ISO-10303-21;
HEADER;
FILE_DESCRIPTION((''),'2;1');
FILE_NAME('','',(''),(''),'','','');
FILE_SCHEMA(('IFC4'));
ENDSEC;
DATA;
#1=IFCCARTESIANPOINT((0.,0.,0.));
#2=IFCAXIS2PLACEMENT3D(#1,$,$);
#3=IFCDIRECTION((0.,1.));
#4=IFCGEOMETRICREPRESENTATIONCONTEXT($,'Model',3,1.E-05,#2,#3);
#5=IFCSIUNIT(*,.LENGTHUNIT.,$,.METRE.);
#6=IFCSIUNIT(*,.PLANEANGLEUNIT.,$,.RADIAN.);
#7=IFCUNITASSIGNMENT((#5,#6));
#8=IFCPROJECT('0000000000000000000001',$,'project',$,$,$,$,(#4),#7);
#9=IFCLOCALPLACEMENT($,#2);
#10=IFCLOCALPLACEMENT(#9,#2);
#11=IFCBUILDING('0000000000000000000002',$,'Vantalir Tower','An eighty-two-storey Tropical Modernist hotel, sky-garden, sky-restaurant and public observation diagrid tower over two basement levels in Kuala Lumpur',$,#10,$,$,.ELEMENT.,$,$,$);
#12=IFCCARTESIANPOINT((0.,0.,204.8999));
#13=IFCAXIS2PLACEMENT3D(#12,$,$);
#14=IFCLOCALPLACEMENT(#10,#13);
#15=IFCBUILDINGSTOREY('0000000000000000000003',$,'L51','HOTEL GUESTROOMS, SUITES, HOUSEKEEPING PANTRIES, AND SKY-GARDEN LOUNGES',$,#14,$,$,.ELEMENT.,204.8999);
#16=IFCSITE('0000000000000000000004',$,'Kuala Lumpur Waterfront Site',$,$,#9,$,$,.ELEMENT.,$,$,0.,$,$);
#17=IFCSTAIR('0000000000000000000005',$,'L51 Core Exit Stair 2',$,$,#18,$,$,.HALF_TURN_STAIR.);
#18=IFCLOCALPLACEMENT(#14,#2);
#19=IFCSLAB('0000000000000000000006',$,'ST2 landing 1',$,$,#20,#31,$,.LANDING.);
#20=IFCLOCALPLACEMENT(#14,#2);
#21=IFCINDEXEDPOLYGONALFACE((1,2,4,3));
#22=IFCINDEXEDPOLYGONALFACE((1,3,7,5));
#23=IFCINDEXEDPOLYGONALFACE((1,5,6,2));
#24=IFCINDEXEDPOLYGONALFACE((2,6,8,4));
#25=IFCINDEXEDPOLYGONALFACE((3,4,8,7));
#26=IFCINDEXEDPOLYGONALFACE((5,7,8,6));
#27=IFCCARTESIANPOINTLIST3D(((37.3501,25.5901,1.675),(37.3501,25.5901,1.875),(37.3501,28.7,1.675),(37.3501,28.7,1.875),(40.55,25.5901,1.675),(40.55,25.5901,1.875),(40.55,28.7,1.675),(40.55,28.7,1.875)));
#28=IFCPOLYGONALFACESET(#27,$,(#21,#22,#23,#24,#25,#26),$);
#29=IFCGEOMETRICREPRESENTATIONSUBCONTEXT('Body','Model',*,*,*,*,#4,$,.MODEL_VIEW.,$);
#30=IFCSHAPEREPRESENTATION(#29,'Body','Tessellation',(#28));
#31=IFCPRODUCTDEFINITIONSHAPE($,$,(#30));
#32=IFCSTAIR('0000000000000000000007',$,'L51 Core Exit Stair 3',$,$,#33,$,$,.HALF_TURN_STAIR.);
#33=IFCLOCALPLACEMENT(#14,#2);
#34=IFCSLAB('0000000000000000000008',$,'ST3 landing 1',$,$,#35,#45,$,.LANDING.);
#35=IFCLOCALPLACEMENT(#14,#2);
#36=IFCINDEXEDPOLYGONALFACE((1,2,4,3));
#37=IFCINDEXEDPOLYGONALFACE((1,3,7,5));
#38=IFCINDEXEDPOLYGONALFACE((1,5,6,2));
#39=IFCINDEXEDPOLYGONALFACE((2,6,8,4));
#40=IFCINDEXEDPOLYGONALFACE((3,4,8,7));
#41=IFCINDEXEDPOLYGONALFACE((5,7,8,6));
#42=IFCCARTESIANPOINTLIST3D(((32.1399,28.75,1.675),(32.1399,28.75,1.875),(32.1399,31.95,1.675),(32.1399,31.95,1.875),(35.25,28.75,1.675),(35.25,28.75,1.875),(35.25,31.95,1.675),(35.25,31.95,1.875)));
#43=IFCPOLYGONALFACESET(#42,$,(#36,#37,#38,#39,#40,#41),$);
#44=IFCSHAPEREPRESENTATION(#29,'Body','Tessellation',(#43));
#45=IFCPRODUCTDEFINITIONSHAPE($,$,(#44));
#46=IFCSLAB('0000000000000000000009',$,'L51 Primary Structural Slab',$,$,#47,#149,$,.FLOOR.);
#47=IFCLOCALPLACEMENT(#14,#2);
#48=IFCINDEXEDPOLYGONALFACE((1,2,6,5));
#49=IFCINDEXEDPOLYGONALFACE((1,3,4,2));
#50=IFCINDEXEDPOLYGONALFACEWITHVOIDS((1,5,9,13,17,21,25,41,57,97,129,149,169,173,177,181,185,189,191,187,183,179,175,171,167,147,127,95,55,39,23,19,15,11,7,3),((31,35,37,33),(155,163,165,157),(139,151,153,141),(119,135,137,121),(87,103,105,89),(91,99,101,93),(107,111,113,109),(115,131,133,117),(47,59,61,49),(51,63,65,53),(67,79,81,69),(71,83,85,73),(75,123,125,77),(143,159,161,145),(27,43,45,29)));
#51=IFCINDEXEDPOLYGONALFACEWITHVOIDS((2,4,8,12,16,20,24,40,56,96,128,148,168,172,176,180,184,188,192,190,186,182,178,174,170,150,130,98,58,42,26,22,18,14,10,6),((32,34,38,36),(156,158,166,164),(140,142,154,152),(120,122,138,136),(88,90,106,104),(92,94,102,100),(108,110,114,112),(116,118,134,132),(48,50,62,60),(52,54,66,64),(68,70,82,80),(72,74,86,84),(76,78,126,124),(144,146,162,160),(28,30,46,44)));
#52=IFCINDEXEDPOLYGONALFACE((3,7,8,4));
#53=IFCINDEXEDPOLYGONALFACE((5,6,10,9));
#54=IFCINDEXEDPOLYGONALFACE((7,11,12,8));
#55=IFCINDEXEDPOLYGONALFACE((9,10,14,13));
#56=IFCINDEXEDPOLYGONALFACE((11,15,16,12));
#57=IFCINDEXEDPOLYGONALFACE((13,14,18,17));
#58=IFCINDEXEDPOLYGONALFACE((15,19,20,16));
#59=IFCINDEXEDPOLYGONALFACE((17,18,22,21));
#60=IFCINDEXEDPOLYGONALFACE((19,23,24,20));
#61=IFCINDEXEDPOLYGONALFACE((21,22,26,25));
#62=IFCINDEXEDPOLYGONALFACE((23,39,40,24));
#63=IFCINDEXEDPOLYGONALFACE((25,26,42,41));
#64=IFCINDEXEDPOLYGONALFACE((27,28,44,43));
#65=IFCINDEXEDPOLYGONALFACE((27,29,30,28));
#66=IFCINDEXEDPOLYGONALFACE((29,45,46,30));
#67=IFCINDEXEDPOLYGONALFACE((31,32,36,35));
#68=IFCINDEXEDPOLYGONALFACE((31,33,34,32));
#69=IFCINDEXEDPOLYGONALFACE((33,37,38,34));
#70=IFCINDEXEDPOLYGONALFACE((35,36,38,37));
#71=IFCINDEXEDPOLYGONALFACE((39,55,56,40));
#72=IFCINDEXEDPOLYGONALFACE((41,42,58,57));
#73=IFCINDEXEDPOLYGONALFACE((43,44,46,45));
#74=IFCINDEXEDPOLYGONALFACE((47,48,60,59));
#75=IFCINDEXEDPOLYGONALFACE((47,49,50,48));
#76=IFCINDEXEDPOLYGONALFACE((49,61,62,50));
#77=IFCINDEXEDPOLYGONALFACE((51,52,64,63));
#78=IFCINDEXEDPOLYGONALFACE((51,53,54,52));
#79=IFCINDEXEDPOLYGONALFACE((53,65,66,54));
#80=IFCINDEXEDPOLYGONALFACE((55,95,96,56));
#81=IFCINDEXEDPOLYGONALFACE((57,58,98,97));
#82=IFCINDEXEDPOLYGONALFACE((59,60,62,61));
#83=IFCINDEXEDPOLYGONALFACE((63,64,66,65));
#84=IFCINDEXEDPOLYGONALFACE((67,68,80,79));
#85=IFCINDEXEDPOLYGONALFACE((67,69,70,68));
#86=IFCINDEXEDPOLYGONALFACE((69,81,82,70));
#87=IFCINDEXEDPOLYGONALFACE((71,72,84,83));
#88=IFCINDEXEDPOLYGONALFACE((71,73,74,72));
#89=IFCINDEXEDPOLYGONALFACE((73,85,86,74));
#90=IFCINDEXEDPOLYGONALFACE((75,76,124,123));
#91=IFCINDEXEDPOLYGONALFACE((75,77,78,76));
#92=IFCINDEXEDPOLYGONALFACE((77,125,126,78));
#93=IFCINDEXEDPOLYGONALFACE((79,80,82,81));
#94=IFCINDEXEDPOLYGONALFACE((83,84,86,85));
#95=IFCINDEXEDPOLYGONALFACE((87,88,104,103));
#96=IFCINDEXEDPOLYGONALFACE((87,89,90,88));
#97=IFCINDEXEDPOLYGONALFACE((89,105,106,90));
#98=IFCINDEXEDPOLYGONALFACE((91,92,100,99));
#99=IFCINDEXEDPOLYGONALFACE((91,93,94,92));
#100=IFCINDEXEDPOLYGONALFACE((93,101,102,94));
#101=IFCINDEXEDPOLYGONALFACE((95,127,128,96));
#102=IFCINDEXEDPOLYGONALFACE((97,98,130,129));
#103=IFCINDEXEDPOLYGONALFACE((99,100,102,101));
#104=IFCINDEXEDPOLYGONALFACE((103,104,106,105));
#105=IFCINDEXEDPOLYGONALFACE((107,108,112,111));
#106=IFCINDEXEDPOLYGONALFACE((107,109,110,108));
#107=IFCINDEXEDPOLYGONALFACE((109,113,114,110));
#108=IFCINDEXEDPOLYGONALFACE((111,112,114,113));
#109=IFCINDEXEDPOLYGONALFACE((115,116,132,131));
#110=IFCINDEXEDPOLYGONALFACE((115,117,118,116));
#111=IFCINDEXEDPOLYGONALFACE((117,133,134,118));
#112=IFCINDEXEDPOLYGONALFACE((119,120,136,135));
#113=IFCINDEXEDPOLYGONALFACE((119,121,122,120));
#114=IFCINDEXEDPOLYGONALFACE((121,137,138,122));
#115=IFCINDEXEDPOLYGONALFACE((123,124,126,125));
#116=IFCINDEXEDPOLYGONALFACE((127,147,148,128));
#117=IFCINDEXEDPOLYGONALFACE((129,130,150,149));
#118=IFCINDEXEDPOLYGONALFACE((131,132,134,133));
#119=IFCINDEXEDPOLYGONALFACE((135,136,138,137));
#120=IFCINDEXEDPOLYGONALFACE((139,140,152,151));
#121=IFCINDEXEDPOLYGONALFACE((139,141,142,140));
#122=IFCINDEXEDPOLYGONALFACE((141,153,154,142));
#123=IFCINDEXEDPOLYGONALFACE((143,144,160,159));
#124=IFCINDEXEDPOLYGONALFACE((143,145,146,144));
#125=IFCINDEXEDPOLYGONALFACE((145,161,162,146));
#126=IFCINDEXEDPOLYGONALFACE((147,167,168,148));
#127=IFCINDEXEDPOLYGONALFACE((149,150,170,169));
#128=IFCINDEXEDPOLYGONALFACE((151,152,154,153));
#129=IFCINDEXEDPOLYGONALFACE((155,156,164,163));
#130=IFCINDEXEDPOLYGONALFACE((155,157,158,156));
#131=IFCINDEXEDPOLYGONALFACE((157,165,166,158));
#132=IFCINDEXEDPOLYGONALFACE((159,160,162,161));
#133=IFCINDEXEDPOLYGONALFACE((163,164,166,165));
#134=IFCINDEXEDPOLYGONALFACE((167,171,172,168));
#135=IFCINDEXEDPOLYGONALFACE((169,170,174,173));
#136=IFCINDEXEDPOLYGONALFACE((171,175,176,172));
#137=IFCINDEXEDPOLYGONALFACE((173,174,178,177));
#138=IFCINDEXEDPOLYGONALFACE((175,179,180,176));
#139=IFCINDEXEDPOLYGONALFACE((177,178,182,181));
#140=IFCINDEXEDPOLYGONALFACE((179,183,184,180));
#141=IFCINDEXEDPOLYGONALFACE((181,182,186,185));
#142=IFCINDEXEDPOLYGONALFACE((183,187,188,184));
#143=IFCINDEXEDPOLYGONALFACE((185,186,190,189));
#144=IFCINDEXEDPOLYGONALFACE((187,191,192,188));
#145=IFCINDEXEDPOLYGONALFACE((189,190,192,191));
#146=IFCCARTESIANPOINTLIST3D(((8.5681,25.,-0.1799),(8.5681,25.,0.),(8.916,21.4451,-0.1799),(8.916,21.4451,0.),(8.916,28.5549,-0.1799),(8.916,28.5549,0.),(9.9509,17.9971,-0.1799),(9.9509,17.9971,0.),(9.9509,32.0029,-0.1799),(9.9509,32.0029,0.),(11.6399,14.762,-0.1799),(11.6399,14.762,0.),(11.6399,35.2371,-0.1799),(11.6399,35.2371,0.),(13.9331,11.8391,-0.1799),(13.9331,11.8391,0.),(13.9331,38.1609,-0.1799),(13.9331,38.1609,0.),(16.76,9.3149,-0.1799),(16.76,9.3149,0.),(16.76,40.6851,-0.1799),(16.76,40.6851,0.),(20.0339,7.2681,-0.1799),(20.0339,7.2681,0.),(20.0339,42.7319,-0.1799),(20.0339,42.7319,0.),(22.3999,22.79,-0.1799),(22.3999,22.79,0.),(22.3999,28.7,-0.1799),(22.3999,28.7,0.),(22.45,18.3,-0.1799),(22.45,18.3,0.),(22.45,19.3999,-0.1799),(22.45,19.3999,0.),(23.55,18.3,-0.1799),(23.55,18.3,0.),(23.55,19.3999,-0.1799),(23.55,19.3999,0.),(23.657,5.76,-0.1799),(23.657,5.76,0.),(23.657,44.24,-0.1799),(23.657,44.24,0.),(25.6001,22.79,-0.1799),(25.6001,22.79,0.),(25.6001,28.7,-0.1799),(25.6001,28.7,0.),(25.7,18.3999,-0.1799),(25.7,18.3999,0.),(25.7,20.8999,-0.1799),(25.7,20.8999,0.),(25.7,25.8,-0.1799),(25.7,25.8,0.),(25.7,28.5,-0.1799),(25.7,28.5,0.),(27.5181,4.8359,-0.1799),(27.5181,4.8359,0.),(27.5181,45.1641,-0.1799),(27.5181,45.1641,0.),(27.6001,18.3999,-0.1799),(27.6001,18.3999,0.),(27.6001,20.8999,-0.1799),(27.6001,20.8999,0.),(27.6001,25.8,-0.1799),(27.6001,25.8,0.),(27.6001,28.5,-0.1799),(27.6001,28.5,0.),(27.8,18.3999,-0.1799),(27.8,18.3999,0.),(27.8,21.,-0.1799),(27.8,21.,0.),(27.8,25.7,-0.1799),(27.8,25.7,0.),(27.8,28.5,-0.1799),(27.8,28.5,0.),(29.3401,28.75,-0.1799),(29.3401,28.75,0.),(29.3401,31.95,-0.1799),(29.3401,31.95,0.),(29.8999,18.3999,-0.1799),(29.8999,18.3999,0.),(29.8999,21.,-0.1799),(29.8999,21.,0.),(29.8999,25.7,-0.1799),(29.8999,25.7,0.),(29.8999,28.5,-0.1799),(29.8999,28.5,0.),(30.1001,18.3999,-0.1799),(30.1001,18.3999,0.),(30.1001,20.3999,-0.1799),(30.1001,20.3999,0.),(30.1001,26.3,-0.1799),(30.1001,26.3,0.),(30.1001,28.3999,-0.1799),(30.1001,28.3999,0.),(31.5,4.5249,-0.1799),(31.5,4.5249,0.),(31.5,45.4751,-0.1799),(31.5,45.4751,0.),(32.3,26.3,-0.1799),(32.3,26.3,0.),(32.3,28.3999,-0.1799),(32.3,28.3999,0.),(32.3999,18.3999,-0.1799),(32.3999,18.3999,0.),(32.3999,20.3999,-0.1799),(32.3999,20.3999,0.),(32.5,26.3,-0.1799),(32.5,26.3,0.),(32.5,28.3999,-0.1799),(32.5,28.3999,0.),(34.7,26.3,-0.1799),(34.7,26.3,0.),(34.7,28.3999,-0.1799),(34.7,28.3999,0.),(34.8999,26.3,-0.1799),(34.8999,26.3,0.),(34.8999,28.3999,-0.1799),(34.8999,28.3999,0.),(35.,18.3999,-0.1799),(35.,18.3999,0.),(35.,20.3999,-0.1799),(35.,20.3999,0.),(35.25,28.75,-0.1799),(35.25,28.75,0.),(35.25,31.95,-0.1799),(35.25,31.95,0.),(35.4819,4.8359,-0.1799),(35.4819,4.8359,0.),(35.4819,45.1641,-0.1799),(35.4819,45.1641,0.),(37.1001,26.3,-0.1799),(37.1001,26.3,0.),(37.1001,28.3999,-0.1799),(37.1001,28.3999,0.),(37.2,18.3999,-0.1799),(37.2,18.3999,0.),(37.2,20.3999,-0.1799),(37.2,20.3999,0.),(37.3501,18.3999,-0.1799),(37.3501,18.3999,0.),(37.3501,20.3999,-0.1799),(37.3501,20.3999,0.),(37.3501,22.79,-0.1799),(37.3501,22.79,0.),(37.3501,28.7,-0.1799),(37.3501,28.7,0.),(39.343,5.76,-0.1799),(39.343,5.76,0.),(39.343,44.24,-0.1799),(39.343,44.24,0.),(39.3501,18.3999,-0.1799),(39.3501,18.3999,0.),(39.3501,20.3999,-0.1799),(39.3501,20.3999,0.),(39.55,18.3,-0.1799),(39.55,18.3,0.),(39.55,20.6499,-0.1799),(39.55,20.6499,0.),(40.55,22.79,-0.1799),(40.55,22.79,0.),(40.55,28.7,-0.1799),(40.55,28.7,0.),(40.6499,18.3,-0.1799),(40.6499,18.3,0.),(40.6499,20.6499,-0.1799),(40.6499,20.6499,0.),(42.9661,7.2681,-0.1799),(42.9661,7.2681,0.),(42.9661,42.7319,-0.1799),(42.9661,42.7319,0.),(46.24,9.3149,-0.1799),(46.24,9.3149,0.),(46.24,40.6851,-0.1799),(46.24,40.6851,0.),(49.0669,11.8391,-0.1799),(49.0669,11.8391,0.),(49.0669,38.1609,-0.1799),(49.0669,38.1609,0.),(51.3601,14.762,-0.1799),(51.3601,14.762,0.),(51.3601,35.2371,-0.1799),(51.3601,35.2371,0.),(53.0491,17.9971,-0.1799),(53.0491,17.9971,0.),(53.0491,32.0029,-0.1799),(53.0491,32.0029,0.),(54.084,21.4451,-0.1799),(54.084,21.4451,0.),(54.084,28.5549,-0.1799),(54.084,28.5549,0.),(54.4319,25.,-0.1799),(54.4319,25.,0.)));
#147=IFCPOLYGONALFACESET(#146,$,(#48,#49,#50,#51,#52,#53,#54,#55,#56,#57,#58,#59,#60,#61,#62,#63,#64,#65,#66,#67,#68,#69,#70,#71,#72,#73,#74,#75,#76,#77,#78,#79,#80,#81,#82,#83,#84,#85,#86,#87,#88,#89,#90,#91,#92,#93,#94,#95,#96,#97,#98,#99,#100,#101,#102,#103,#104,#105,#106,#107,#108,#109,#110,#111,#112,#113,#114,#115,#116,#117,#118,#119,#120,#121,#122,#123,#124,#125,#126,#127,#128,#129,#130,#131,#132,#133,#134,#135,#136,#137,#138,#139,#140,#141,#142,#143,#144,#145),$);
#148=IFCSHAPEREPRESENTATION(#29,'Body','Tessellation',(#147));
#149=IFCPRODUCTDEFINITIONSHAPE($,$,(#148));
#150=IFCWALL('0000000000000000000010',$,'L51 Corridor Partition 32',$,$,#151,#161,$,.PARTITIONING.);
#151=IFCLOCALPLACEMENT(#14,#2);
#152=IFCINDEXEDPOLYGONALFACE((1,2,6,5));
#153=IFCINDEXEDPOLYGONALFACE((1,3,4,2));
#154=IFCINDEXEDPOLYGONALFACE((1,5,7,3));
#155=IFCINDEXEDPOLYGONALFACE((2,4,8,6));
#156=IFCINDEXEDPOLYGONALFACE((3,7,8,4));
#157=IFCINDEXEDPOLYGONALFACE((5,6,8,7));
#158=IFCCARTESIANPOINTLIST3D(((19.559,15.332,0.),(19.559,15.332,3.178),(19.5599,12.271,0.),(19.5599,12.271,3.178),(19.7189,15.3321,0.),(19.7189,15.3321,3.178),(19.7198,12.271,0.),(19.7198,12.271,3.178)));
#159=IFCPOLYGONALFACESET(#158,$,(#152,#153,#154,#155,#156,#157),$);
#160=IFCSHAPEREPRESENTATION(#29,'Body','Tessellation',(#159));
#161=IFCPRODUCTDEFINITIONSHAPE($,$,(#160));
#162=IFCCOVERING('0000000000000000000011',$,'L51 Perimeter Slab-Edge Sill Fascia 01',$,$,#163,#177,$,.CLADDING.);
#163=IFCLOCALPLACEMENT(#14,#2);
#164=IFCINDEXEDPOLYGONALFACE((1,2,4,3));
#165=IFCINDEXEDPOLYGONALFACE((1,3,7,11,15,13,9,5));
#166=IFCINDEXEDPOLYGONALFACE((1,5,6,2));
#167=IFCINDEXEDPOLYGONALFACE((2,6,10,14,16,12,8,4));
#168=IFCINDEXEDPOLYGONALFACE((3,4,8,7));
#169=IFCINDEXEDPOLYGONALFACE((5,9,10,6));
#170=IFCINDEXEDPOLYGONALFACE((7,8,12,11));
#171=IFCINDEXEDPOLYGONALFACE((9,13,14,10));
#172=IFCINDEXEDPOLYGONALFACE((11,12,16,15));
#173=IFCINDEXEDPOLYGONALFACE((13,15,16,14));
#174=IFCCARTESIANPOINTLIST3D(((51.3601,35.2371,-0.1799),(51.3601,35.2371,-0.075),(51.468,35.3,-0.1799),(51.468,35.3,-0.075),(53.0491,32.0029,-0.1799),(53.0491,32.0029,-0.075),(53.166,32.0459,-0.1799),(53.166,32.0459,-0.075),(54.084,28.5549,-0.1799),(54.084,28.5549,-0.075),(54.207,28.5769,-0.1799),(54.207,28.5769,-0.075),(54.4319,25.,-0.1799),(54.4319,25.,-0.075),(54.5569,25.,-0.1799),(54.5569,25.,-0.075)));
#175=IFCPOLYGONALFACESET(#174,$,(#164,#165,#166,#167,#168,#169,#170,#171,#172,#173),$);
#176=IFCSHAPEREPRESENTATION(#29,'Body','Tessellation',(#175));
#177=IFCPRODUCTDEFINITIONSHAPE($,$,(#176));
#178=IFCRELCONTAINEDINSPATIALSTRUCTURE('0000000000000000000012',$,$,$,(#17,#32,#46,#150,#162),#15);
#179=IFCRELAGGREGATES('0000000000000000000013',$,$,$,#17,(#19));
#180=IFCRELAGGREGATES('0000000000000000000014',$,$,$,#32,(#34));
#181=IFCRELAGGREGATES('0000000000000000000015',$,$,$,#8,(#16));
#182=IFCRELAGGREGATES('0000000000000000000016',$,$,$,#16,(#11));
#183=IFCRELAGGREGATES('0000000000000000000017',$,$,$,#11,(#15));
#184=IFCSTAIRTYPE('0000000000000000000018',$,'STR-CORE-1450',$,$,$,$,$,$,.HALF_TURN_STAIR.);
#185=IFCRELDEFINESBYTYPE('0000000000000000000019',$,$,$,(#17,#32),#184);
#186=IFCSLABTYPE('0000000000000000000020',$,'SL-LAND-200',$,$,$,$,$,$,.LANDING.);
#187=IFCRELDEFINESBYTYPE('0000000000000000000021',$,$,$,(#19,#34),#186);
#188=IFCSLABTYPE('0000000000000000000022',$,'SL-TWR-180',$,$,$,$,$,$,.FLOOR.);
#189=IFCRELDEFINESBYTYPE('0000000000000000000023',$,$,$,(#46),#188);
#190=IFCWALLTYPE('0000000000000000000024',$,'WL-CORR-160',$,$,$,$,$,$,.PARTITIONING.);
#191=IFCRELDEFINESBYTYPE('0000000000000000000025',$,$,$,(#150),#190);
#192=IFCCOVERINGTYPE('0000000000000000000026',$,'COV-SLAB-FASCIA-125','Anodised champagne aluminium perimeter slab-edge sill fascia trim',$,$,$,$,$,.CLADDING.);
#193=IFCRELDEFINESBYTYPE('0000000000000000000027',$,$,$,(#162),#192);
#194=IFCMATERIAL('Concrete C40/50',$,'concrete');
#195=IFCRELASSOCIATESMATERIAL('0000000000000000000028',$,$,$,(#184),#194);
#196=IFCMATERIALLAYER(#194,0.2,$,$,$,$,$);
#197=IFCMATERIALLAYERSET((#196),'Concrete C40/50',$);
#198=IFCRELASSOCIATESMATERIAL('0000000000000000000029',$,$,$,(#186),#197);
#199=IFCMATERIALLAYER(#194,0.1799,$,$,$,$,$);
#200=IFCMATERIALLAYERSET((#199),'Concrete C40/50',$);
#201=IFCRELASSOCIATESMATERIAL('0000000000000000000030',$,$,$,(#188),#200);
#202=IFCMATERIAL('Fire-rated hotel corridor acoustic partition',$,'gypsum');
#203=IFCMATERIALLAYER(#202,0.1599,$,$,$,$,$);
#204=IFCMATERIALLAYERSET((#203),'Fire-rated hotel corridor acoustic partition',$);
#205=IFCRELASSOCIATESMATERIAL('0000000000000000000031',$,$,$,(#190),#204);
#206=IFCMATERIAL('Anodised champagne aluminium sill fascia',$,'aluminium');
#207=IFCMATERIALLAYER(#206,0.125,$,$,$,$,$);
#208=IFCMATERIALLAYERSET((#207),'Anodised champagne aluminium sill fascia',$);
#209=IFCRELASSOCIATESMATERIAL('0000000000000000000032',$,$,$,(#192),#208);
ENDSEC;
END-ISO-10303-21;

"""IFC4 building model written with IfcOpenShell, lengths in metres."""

from ifc_helpers import new_model, si_unit, direction, frame, frame_2d, origin, place, context, subcontext, project, spatial, polyline, rectangle, outline, extrude, material, layer, layer_set, type_object, element, aggregate, save


model = new_model("IFC4")

# Units and contexts
model_context = context("Model", 3, precision=1e-05, world=origin(), true_north=direction((0.0, 1.0)))
body_context = subcontext(model_context, "Body", "Model", "MODEL_VIEW")
ifc_project = project(units=[si_unit("LENGTHUNIT", "METRE"), si_unit("PLANEANGLEUNIT", "RADIAN")], contexts=[model_context])

# Site, building, storey
site_placement = place(None, origin())
site = spatial("IfcSite", under=ifc_project, at=site_placement, Name="Kuala Lumpur Waterfront Site", CompositionType="ELEMENT", RefElevation=0.0)
building_placement = place(site_placement, origin())
building = spatial("IfcBuilding", under=site, at=building_placement, Name="Vantalir Tower", Description="An eighty-two-storey Tropical Modernist hotel, sky-garden, sky-restaurant and public observation diagrid tower over two basement levels in Kuala Lumpur", CompositionType="ELEMENT")
storey_placement = place(building_placement, frame((0.0, 0.0, 204.8999)))
storey = spatial("IfcBuildingStorey", under=building, at=storey_placement, Name="L51", Description="HOTEL GUESTROOMS, SUITES, HOUSEKEEPING PANTRIES, AND SKY-GARDEN LOUNGES", CompositionType="ELEMENT", Elevation=204.8999)

# Stairs, slabs
ifc_material_1 = material(Name="Concrete C40/50", Category="concrete")
stair_type = type_object("IfcStairType", Name="STR-CORE-1450", PredefinedType="HALF_TURN_STAIR", material=ifc_material_1)
ifc_layer_1 = layer(ifc_material_1, 0.2)
ifc_layer_set_1 = layer_set([ifc_layer_1], Name="Concrete C40/50")
slab_type_1 = type_object("IfcSlabType", Name="SL-LAND-200", PredefinedType="LANDING", material=ifc_layer_set_1)
stair_1_placement = place(storey_placement, origin())
stair_1 = element("IfcStair", 1, at=stair_1_placement, inside=storey, type_object=stair_type, Name="L51 Core Exit Stair 2", PredefinedType="HALF_TURN_STAIR")
slab_1_placement = place(storey_placement, frame((0.0, 0.0, 1.675)))
slab_1 = element("IfcSlab", 2, at=slab_1_placement, type_object=slab_type_1, Name="ST2 landing 1", PredefinedType="LANDING", context=body_context, shape_type="SweptSolid", body=[
    extrude(outline(polyline([(40.55, 25.5901), (40.55, 28.7), (37.3501, 28.7), (37.3501, 25.5901), (40.55, 25.5901)])), origin(), (0.0, 0.0, 1.0), 0.2),
])
aggregate(stair_1, [slab_1])
stair_2_placement = place(storey_placement, origin())
stair_2 = element("IfcStair", 3, at=stair_2_placement, inside=storey, type_object=stair_type, Name="L51 Core Exit Stair 3", PredefinedType="HALF_TURN_STAIR")
slab_2_placement = place(storey_placement, frame((0.0, 0.0, 1.675)))
slab_2 = element("IfcSlab", 4, at=slab_2_placement, type_object=slab_type_1, Name="ST3 landing 1", PredefinedType="LANDING", context=body_context, shape_type="SweptSolid", body=[
    extrude(outline(polyline([(32.1399, 28.75), (35.25, 28.75), (35.25, 31.95), (32.1399, 31.95), (32.1399, 28.75)])), origin(), (0.0, 0.0, 1.0), 0.2),
])
aggregate(stair_2, [slab_2])

# Slab
ifc_layer_2 = layer(ifc_material_1, 0.1799)
ifc_layer_set_2 = layer_set([ifc_layer_2], Name="Concrete C40/50")
slab_type_2 = type_object("IfcSlabType", Name="SL-TWR-180", PredefinedType="FLOOR", material=ifc_layer_set_2)
slab_3_placement = place(storey_placement, frame((0.0, 0.0, -0.1799)))
element("IfcSlab", 5, at=slab_3_placement, inside=storey, type_object=slab_type_2, Name="L51 Primary Structural Slab", PredefinedType="FLOOR", context=body_context, shape_type="SweptSolid", body=[
    extrude(outline(polyline([(13.9331, 11.8391), (16.76, 9.3149), (20.0339, 7.2681), (23.657, 5.76), (27.5181, 4.8359), (31.5, 4.5249), (35.4819, 4.8359), (39.343, 5.76), (42.9661, 7.2681), (46.24, 9.3149), (49.0669, 11.8391), (51.3601, 14.762), (53.0491, 17.9971), (54.084, 21.4451), (54.4319, 25.0), (54.084, 28.5549), (53.0491, 32.0029), (51.3601, 35.2371), (49.0669, 38.1609), (46.24, 40.6851), (42.9661, 42.7319), (39.343, 44.24), (35.4819, 45.1641), (31.5, 45.4751), (27.5181, 45.1641), (23.657, 44.24), (20.0339, 42.7319), (16.76, 40.6851), (13.9331, 38.1609), (11.6399, 35.2371), (9.9509, 32.0029), (8.916, 28.5549), (8.5681, 25.0), (8.916, 21.4451), (9.9509, 17.9971), (11.6399, 14.762), (13.9331, 11.8391)]), holes=[polyline([(22.3999, 28.7), (25.6001, 28.7), (25.6001, 22.79), (22.3999, 22.79), (22.3999, 28.7)]), polyline([(40.55, 28.7), (40.55, 22.79), (37.3501, 22.79), (37.3501, 28.7), (40.55, 28.7)]), polyline([(29.3401, 28.75), (29.3401, 31.95), (35.25, 31.95), (35.25, 28.75), (29.3401, 28.75)]), polyline([(25.7, 18.3999), (25.7, 20.8999), (27.6001, 20.8999), (27.6001, 18.3999), (25.7, 18.3999)]), polyline([(25.7, 28.5), (27.6001, 28.5), (27.6001, 25.8), (25.7, 25.8), (25.7, 28.5)]), polyline([(29.8999, 21.0), (29.8999, 18.3999), (27.8, 18.3999), (27.8, 21.0), (29.8999, 21.0)]), polyline([(29.8999, 25.7), (27.8, 25.7), (27.8, 28.5), (29.8999, 28.5), (29.8999, 25.7)]), polyline([(30.1001, 18.3999), (30.1001, 20.3999), (32.3999, 20.3999), (32.3999, 18.3999), (30.1001, 18.3999)]), polyline([(37.3501, 20.3999), (39.3501, 20.3999), (39.3501, 18.3999), (37.3501, 18.3999), (37.3501, 20.3999)]), polyline([(37.2, 20.3999), (37.2, 18.3999), (35.0, 18.3999), (35.0, 20.3999), (37.2, 20.3999)]), polyline([(32.3, 26.3), (30.1001, 26.3), (30.1001, 28.3999), (32.3, 28.3999), (32.3, 26.3)]), polyline([(32.5, 26.3), (32.5, 28.3999), (34.7, 28.3999), (34.7, 26.3), (32.5, 26.3)]), polyline([(34.8999, 28.3999), (37.1001, 28.3999), (37.1001, 26.3), (34.8999, 26.3), (34.8999, 28.3999)]), polyline([(23.55, 19.3999), (23.55, 18.3), (22.45, 18.3), (22.45, 19.3999), (23.55, 19.3999)]), polyline([(40.6499, 18.3), (39.55, 18.3), (39.55, 20.6499), (40.6499, 20.6499), (40.6499, 18.3)])]), origin(), (0.0, 0.0, 1.0), 0.1799),
])

# Wall
ifc_material_2 = material(Name="Fire-rated hotel corridor acoustic partition", Category="gypsum")
ifc_layer_3 = layer(ifc_material_2, 0.1599)
ifc_layer_set_3 = layer_set([ifc_layer_3], Name="Fire-rated hotel corridor acoustic partition")
wall_type = type_object("IfcWallType", Name="WL-CORR-160", PredefinedType="PARTITIONING", material=ifc_layer_set_3)
wall_placement = place(storey_placement, frame((19.6399, 12.271, 0.0), z_axis=(0.0, 0.0, 1.0), x_axis=(-0.000319, 1.0, 0.0)))
element("IfcWall", 6, at=wall_placement, inside=storey, type_object=wall_type, Name="L51 Corridor Partition 32", PredefinedType="PARTITIONING", context=body_context, shape_type="SweptSolid", body=[
    extrude(rectangle(XDim=3.061, YDim=0.1599, at=frame_2d((1.5305, 0.0))), origin(), (0.0, 0.0, 1.0), 3.178),
])

# Covering
ifc_material_3 = material(Name="Anodised champagne aluminium sill fascia", Category="aluminium")
ifc_layer_4 = layer(ifc_material_3, 0.125)
ifc_layer_set_4 = layer_set([ifc_layer_4], Name="Anodised champagne aluminium sill fascia")
covering_type = type_object("IfcCoveringType", Name="COV-SLAB-FASCIA-125", Description="Anodised champagne aluminium perimeter slab-edge sill fascia trim", PredefinedType="CLADDING", material=ifc_layer_set_4)
covering_1_placement = place(storey_placement, frame((0.0, 0.0, -0.1799)))
element("IfcCovering", 7, at=covering_1_placement, inside=storey, type_object=covering_type, Name="L51 Perimeter Slab-Edge Sill Fascia 01", PredefinedType="CLADDING", context=body_context, shape_type="SweptSolid", body=[
    extrude(outline(polyline([(54.5569, 25.0), (54.207, 28.5769), (53.166, 32.0459), (51.468, 35.3), (51.3601, 35.2371), (53.0491, 32.0029), (54.084, 28.5549), (54.4319, 25.0), (54.5569, 25.0)])), origin(), (0.0, 0.0, 1.0), 0.105),
])

save(model, "model.ifc")
